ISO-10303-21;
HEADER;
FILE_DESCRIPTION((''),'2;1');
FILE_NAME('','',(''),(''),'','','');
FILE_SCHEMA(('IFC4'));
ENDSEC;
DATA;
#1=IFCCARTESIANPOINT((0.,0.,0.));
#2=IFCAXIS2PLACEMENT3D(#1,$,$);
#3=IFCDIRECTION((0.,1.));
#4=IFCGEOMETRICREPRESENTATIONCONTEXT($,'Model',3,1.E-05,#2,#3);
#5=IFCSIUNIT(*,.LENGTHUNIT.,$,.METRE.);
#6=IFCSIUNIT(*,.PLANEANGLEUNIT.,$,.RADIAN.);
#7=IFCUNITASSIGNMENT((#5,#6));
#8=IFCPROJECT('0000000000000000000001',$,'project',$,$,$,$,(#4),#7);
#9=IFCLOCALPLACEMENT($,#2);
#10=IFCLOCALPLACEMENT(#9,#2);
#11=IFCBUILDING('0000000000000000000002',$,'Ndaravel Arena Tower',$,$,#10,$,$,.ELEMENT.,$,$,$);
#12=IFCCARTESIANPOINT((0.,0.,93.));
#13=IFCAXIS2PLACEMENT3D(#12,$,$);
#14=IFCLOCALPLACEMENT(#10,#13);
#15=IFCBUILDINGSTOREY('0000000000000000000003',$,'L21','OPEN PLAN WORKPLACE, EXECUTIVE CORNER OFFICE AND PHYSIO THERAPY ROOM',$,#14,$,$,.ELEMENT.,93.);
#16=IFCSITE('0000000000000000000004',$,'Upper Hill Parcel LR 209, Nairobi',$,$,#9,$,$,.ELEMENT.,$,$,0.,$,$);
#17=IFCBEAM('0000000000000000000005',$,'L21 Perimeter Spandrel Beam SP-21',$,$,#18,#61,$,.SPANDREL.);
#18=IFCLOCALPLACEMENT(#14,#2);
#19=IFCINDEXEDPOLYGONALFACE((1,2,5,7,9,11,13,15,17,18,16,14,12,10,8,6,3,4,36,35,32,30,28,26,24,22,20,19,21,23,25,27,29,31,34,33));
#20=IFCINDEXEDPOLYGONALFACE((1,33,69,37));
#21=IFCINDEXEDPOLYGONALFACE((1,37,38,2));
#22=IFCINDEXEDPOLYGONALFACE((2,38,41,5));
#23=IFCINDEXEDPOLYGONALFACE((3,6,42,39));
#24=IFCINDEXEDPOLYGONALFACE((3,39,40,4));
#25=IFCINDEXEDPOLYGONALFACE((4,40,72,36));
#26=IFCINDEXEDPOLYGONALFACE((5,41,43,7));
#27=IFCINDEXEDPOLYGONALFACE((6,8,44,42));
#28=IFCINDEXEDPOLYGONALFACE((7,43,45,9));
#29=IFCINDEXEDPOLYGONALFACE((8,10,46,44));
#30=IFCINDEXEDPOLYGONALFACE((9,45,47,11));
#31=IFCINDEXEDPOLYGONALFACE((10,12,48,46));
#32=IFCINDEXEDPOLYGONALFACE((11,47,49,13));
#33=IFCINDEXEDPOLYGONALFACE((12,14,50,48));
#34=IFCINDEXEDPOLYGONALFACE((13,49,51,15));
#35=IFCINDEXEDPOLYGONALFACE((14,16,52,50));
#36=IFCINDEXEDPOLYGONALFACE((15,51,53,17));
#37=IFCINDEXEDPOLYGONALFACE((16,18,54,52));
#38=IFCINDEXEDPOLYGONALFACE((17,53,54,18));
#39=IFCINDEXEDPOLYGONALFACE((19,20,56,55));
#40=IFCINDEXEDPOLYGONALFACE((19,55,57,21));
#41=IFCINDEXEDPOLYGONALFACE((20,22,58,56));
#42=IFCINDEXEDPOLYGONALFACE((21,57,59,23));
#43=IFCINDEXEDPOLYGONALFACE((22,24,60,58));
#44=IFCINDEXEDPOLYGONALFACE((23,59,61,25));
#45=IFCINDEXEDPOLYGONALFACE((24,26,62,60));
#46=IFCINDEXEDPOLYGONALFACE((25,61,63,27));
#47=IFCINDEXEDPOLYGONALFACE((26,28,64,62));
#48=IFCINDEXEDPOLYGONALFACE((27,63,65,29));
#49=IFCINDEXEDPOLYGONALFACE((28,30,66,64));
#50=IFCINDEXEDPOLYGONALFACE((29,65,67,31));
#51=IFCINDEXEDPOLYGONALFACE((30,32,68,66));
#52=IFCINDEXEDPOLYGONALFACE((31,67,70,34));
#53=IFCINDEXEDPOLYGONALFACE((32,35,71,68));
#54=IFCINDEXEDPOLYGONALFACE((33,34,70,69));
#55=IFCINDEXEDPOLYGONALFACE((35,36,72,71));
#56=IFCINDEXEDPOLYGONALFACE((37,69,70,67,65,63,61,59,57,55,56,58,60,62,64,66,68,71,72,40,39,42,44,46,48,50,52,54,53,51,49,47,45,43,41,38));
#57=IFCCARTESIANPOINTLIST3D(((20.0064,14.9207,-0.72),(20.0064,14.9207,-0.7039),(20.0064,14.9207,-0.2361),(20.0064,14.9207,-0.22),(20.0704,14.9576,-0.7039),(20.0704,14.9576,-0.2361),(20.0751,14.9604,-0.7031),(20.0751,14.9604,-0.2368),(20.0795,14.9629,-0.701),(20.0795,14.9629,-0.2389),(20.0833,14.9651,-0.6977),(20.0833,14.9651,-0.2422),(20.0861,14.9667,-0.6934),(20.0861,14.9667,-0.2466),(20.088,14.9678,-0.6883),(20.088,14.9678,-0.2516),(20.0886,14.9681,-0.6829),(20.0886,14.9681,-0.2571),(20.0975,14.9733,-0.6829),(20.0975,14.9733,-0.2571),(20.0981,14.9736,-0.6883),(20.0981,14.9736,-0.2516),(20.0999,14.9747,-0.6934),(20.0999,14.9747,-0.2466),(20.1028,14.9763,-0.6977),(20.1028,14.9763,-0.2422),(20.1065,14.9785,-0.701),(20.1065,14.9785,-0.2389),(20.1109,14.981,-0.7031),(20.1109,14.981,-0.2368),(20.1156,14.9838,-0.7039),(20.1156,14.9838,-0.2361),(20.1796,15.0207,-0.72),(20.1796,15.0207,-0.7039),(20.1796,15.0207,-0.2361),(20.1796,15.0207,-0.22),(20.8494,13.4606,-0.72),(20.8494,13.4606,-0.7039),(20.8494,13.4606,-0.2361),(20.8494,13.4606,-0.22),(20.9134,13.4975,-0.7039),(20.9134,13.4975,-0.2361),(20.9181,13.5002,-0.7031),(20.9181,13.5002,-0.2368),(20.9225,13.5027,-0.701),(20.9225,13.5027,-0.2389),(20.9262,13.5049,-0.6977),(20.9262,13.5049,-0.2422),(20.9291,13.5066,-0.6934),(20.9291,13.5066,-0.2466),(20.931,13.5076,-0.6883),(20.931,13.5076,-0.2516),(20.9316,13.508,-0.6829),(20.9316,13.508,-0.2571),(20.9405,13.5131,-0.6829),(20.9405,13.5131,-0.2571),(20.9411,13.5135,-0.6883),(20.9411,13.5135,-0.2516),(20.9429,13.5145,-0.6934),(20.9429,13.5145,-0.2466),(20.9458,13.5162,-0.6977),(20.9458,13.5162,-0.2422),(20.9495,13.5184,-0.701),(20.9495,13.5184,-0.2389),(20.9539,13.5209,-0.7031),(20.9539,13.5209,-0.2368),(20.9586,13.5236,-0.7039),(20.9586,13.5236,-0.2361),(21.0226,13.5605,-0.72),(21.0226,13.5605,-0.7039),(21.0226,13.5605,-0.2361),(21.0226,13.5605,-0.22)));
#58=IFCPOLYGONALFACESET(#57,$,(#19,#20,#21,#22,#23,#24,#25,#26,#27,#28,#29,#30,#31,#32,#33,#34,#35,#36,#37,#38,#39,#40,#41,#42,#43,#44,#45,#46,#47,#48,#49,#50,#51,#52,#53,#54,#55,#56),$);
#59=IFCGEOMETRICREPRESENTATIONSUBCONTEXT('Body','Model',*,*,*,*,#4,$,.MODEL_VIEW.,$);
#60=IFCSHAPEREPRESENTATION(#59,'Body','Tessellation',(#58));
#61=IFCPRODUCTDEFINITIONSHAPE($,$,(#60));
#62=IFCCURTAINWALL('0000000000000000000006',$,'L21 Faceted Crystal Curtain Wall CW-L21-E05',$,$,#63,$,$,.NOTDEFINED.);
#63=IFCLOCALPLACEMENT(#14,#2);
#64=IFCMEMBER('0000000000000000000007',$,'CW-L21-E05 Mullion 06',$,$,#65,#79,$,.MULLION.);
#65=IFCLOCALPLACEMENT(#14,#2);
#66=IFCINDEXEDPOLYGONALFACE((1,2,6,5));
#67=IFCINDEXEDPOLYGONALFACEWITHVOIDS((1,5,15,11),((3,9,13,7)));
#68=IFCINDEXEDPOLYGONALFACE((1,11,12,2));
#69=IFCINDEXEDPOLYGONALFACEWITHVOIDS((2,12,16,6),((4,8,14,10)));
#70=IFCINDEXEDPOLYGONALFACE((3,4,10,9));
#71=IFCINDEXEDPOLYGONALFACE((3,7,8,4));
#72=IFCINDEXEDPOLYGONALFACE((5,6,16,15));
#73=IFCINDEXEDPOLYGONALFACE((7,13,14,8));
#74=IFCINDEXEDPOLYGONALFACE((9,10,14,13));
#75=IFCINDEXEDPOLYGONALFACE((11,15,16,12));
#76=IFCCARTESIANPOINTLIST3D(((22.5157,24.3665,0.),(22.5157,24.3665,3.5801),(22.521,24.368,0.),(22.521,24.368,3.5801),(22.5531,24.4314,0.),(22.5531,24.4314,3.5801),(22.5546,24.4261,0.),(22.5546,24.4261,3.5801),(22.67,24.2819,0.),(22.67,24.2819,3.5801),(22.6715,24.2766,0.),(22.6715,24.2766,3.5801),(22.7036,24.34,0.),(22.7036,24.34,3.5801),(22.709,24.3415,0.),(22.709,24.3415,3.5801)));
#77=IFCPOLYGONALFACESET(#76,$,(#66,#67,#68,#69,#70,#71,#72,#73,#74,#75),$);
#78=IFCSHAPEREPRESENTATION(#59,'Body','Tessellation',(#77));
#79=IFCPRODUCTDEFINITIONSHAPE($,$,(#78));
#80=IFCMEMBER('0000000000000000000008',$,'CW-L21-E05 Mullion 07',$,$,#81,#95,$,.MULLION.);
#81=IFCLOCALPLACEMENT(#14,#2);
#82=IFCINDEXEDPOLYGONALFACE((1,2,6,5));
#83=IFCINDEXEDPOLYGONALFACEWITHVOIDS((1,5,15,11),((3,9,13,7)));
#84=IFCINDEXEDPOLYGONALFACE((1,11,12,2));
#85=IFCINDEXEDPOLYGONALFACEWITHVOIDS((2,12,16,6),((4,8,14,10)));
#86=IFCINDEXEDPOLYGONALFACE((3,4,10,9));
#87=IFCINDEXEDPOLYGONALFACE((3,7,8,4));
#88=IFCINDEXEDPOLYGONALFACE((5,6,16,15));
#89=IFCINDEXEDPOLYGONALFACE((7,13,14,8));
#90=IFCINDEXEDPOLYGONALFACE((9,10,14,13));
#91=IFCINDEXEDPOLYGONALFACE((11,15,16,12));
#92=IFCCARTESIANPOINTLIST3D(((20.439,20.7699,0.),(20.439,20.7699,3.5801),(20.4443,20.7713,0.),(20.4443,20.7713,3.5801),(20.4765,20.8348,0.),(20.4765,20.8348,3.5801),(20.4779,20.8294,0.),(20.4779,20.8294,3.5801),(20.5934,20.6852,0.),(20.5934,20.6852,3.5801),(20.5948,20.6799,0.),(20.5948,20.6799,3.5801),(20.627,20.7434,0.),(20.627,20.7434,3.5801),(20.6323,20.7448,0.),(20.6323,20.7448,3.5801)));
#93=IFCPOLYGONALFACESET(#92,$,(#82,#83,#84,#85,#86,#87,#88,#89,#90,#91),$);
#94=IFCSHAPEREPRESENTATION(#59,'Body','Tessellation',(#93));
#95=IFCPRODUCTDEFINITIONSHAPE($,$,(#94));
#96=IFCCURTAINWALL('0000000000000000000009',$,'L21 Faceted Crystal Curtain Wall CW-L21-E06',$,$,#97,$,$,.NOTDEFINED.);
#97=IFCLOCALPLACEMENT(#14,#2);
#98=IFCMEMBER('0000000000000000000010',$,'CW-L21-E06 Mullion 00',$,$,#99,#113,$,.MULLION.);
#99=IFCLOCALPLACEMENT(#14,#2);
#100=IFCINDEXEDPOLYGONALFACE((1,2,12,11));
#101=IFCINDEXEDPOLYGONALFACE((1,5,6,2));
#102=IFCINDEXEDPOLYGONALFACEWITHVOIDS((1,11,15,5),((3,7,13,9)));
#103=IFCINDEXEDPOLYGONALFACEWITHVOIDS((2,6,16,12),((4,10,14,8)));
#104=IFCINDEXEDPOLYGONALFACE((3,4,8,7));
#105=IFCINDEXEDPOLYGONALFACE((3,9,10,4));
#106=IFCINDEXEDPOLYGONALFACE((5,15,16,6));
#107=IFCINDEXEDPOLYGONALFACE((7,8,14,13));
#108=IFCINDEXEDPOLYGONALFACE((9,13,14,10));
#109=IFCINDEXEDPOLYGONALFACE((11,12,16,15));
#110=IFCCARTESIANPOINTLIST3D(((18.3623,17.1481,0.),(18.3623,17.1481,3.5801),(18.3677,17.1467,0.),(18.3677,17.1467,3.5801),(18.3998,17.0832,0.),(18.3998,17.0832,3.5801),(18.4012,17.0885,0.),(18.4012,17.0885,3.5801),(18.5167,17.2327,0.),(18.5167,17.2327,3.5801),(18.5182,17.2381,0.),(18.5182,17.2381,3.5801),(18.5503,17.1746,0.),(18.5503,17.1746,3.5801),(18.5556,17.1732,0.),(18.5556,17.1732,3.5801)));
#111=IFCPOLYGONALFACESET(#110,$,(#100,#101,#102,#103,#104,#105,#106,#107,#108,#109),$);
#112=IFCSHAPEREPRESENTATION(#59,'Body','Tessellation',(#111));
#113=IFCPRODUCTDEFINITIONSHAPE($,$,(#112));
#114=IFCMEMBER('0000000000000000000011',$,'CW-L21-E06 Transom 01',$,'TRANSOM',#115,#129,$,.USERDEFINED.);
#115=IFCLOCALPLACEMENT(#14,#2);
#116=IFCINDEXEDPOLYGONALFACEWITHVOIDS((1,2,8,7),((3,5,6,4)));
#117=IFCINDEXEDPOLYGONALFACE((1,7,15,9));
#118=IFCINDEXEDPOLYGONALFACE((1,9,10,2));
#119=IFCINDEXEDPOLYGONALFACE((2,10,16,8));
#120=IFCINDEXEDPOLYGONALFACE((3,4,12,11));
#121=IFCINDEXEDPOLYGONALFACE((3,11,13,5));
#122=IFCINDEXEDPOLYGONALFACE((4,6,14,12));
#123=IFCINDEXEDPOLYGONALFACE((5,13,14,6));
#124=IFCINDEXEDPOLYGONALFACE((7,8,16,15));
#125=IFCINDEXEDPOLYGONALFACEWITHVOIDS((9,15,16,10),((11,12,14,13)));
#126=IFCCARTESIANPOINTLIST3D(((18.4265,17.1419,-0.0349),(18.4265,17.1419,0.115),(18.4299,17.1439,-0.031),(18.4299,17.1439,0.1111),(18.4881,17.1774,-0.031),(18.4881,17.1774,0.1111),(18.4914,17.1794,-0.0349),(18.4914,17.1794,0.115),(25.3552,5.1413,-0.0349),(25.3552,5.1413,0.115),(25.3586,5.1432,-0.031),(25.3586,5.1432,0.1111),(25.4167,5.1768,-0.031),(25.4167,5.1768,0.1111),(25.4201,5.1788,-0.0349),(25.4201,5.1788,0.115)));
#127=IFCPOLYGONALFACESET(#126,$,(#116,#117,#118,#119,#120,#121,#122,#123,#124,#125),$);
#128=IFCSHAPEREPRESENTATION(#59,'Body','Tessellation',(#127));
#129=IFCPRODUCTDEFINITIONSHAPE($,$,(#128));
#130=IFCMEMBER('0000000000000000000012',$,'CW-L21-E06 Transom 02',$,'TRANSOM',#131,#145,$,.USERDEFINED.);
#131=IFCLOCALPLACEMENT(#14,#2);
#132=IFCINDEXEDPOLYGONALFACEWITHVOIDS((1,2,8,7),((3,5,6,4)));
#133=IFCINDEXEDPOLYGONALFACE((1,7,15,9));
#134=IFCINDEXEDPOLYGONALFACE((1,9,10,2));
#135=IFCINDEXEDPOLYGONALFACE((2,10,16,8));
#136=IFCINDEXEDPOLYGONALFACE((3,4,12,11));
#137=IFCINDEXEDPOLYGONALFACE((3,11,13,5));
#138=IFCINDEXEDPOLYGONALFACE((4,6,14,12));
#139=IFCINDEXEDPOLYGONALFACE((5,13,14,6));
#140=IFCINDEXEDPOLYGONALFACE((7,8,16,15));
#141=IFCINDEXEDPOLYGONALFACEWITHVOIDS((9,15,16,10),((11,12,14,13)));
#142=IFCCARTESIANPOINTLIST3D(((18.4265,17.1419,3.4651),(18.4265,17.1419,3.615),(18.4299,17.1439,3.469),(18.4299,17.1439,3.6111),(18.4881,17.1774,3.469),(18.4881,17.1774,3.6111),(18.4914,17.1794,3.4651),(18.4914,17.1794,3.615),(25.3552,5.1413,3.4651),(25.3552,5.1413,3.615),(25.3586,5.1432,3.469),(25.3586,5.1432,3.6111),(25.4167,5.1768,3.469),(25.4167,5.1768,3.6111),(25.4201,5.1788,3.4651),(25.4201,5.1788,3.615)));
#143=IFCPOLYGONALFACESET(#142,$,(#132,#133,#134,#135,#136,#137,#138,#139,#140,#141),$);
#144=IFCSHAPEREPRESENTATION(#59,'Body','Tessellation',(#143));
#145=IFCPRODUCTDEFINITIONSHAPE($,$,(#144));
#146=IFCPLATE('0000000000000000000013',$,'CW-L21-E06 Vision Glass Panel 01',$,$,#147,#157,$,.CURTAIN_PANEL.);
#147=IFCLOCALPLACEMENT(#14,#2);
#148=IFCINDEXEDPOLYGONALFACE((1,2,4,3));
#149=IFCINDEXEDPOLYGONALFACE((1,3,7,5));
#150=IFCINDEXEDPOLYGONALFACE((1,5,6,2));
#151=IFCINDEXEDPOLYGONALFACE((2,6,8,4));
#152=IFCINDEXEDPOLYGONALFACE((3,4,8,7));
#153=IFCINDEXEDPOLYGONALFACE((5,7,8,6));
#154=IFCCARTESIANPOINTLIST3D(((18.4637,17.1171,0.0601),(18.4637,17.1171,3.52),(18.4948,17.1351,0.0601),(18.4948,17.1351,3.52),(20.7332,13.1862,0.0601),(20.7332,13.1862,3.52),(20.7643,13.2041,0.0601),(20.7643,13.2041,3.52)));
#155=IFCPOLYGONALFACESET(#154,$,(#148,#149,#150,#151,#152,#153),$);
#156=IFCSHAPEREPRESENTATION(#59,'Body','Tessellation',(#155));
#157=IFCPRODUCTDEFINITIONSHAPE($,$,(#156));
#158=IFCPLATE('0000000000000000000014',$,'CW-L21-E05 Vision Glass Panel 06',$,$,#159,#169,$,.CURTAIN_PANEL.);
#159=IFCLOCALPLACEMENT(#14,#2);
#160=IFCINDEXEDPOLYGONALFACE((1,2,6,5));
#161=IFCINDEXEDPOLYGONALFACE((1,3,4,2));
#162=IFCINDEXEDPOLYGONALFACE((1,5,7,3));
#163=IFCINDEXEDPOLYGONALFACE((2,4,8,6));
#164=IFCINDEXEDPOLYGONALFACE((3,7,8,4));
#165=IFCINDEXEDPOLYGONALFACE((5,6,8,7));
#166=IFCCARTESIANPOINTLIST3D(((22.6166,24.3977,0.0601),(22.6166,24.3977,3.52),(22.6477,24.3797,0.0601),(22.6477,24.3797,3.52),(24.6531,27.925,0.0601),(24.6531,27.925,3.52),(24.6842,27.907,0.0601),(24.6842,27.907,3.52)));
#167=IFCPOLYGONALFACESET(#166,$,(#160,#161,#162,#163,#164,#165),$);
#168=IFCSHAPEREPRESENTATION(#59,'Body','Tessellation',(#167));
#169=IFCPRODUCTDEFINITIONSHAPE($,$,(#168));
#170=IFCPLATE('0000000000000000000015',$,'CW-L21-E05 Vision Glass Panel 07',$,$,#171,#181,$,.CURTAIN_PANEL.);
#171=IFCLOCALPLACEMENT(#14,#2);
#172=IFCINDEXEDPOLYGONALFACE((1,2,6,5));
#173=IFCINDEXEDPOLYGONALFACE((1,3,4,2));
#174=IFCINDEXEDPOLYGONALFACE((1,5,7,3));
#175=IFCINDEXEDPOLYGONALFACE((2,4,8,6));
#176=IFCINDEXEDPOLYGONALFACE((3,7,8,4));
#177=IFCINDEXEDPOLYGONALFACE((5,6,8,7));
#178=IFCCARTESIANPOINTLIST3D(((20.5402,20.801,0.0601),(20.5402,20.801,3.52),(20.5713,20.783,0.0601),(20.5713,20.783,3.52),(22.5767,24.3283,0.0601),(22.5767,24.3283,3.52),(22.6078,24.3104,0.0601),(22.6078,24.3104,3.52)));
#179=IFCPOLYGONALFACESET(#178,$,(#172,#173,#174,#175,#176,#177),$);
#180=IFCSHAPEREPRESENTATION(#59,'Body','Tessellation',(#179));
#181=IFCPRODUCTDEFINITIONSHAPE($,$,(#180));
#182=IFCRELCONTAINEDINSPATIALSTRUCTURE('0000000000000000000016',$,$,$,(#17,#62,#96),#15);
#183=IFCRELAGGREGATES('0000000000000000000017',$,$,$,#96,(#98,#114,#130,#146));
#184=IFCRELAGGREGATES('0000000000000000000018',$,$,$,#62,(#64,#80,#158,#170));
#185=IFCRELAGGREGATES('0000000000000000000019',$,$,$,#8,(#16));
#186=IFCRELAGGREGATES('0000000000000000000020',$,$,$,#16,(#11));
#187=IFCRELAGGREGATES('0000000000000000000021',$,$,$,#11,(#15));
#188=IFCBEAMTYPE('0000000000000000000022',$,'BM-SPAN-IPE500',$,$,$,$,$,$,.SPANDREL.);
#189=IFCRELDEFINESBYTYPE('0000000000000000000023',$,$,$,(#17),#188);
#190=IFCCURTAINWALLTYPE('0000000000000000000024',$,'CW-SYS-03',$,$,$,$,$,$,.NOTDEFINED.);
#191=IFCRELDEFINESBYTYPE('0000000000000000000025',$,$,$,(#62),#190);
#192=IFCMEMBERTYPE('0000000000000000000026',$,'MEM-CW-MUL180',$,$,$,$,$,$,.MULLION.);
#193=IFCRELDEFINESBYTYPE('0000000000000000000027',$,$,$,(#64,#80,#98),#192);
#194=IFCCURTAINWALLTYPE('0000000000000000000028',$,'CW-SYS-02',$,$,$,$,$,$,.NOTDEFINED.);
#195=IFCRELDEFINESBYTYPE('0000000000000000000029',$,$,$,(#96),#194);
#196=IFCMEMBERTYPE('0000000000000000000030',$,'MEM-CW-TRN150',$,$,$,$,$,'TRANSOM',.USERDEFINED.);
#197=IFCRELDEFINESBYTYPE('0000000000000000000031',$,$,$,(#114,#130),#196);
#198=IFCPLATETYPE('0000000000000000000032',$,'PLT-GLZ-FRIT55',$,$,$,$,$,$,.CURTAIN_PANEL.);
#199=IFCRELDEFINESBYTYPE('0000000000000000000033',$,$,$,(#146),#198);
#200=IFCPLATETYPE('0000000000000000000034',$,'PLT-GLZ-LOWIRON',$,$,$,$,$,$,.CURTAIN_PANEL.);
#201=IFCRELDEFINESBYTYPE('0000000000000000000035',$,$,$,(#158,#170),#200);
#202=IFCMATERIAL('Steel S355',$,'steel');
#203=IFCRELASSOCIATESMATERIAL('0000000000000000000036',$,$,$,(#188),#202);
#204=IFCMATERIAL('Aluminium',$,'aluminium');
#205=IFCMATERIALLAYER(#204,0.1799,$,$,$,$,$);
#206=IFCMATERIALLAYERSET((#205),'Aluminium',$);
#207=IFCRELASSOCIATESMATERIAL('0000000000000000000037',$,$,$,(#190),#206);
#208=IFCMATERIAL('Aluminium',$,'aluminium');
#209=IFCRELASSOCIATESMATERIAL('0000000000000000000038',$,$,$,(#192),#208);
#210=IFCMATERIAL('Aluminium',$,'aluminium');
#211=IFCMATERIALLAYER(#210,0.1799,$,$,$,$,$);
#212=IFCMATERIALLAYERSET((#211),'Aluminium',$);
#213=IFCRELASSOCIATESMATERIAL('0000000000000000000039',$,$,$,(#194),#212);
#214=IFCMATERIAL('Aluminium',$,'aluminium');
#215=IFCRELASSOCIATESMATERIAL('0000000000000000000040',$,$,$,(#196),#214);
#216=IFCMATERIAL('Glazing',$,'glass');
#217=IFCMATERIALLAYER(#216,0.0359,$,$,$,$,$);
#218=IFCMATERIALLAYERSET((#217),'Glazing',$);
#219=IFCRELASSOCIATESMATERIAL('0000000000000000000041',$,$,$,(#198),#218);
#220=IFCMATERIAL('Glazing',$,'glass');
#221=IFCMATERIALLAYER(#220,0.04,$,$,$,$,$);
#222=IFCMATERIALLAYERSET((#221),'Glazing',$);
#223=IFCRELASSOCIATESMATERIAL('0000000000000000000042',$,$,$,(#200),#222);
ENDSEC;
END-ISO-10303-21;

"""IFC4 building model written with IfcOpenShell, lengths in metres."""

from ifc_helpers import new_model, si_unit, direction, frame, origin, origin_2d, place, context, subcontext, project, spatial, rectangle, hollow_rectangle, i_section, extrude, material, layer, layer_set, material_profile, profile_set, type_object, element, aggregate, save


model = new_model("IFC4")

# Units and contexts
model_context = context("Model", 3, precision=1e-05, world=origin(), true_north=direction((0.0, 1.0)))
body_context = subcontext(model_context, "Body", "Model", "MODEL_VIEW")
ifc_project = project(units=[si_unit("LENGTHUNIT", "METRE"), si_unit("PLANEANGLEUNIT", "RADIAN")], contexts=[model_context])

# Site, building, storey
site_placement = place(None, origin())
site = spatial("IfcSite", under=ifc_project, at=site_placement, Name="Upper Hill Parcel LR 209, Nairobi", CompositionType="ELEMENT", RefElevation=0.0)
building_placement = place(site_placement, origin())
building = spatial("IfcBuilding", under=site, at=building_placement, Name="Ndaravel Arena Tower", CompositionType="ELEMENT")
storey_placement = place(building_placement, frame((0.0, 0.0, 93.0)))
storey = spatial("IfcBuildingStorey", under=building, at=storey_placement, Name="L21", Description="OPEN PLAN WORKPLACE, EXECUTIVE CORNER OFFICE AND PHYSIO THERAPY ROOM", CompositionType="ELEMENT", Elevation=93.0)

# Beam
ifc_material_1 = material(Name="Steel S355", Category="steel")
ifc_material_profile_1 = material_profile(ifc_material_1, i_section(OverallWidth=0.2, OverallDepth=0.5, WebThickness=0.0103, FlangeThickness=0.0161, FilletRadius=0.021, at=origin_2d()), Name="IPE 500")
ifc_profile_set_1 = profile_set([ifc_material_profile_1], Name="Steel S355")
beam_type_1 = type_object("IfcBeamType", Name="BM-SPAN-IPE500", PredefinedType="SPANDREL", material=ifc_profile_set_1)
beam_1_placement = place(storey_placement, frame((20.093, 14.9707, -0.47), z_axis=(0.499986, -0.866034, 0.0), x_axis=(0.866034, 0.499986, 0.0)))
element("IfcBeam", 1, at=beam_1_placement, inside=storey, type_object=beam_type_1, Name="L21 Perimeter Spandrel Beam SP-21", PredefinedType="SPANDREL", context=body_context, shape_type="SweptSolid", body=[
    extrude(i_section(OverallWidth=0.2, OverallDepth=0.5, WebThickness=0.0103, FlangeThickness=0.0161, FilletRadius=0.021, at=origin_2d()), origin(), (0.0, 0.0, 1.0), 1.686),
])

# Curtain wall, members
ifc_material_2 = material(Name="Aluminium", Category="aluminium")
ifc_layer_1 = layer(ifc_material_2, 0.1799)
ifc_layer_set_1 = layer_set([ifc_layer_1], Name="Aluminium")
curtain_wall_type_1 = type_object("IfcCurtainWallType", Name="CW-SYS-03", PredefinedType="NOTDEFINED", material=ifc_layer_set_1)
curtain_wall_1_placement = place(storey_placement, origin())
curtain_wall_1 = element("IfcCurtainWall", 2, at=curtain_wall_1_placement, inside=storey, type_object=curtain_wall_type_1, Name="L21 Faceted Crystal Curtain Wall CW-L21-E05", PredefinedType="NOTDEFINED")
ifc_material_3 = material(Name="Aluminium", Category="aluminium")
ifc_material_profile_2 = material_profile(ifc_material_3, hollow_rectangle(XDim=0.075, YDim=0.1799, WallThickness=0.0039, at=origin_2d()), Name="CW MULLION 75x180x4")
ifc_profile_set_2 = profile_set([ifc_material_profile_2], Name="Aluminium")
member_type_1 = type_object("IfcMemberType", Name="MEM-CW-MUL180", PredefinedType="MULLION", material=ifc_profile_set_2)
member_1_placement = place(storey_placement, frame((22.6123, 24.354, 0.0), z_axis=(0.0, 0.0, 1.0), x_axis=(-0.5, -0.866025, 0.0)))
member_1 = element("IfcMember", 3, at=member_1_placement, type_object=member_type_1, Name="CW-L21-E05 Mullion 06", PredefinedType="MULLION", context=body_context, shape_type="SweptSolid", body=[
    extrude(hollow_rectangle(XDim=0.075, YDim=0.1799, WallThickness=0.0039, at=origin_2d()), origin(), (0.0, 0.0, 1.0), 3.5801),
])
member_2_placement = place(storey_placement, frame((20.5356, 20.7573, 0.0), z_axis=(0.0, 0.0, 1.0), x_axis=(-0.5, -0.866025, 0.0)))
member_2 = element("IfcMember", 4, at=member_2_placement, type_object=member_type_1, Name="CW-L21-E05 Mullion 07", PredefinedType="MULLION", context=body_context, shape_type="SweptSolid", body=[
    extrude(hollow_rectangle(XDim=0.075, YDim=0.1799, WallThickness=0.0039, at=origin_2d()), origin(), (0.0, 0.0, 1.0), 3.5801),
])

# Curtain wall, members, plate
ifc_material_4 = material(Name="Aluminium", Category="aluminium")
ifc_layer_2 = layer(ifc_material_4, 0.1799)
ifc_layer_set_2 = layer_set([ifc_layer_2], Name="Aluminium")
curtain_wall_type_2 = type_object("IfcCurtainWallType", Name="CW-SYS-02", PredefinedType="NOTDEFINED", material=ifc_layer_set_2)
curtain_wall_2_placement = place(storey_placement, origin())
curtain_wall_2 = element("IfcCurtainWall", 5, at=curtain_wall_2_placement, inside=storey, type_object=curtain_wall_type_2, Name="L21 Faceted Crystal Curtain Wall CW-L21-E06", PredefinedType="NOTDEFINED")
member_3_placement = place(storey_placement, frame((18.459, 17.1606, 0.0), z_axis=(0.0, 0.0, 1.0), x_axis=(0.5, -0.866025, 0.0)))
member_3 = element("IfcMember", 6, at=member_3_placement, type_object=member_type_1, Name="CW-L21-E06 Mullion 00", PredefinedType="MULLION", context=body_context, shape_type="SweptSolid", body=[
    extrude(hollow_rectangle(XDim=0.075, YDim=0.1799, WallThickness=0.0039, at=origin_2d()), origin(), (0.0, 0.0, 1.0), 3.5801),
])
ifc_material_5 = material(Name="Aluminium", Category="aluminium")
ifc_material_profile_3 = material_profile(ifc_material_5, hollow_rectangle(XDim=0.075, YDim=0.1499, WallThickness=0.0039, at=origin_2d()), Name="CW TRANSOM 75x150x4")
ifc_profile_set_3 = profile_set([ifc_material_profile_3], Name="Aluminium")
member_type_2 = type_object("IfcMemberType", Name="MEM-CW-TRN150", ElementType="TRANSOM", PredefinedType="USERDEFINED", material=ifc_profile_set_3)
member_4_placement = place(storey_placement, frame((18.459, 17.1606, 0.04), z_axis=(0.500005, -0.866023, 0.0), x_axis=(0.866023, 0.500005, 0.0)))
member_4 = element("IfcMember", 7, at=member_4_placement, type_object=member_type_2, Name="CW-L21-E06 Transom 01", ObjectType="TRANSOM", PredefinedType="USERDEFINED", context=body_context, shape_type="SweptSolid", body=[
    extrude(hollow_rectangle(XDim=0.075, YDim=0.1499, WallThickness=0.0039, at=origin_2d()), origin(), (0.0, 0.0, 1.0), 13.8572),
])
member_5_placement = place(storey_placement, frame((18.459, 17.1606, 3.54), z_axis=(0.500005, -0.866023, 0.0), x_axis=(0.866023, 0.500005, 0.0)))
member_5 = element("IfcMember", 8, at=member_5_placement, type_object=member_type_2, Name="CW-L21-E06 Transom 02", ObjectType="TRANSOM", PredefinedType="USERDEFINED", context=body_context, shape_type="SweptSolid", body=[
    extrude(hollow_rectangle(XDim=0.075, YDim=0.1499, WallThickness=0.0039, at=origin_2d()), origin(), (0.0, 0.0, 1.0), 13.8572),
])
ifc_material_6 = material(Name="Glazing", Category="glass")
ifc_layer_3 = layer(ifc_material_6, 0.0359)
ifc_layer_set_3 = layer_set([ifc_layer_3], Name="Glazing")
plate_type_1 = type_object("IfcPlateType", Name="PLT-GLZ-FRIT55", PredefinedType="CURTAIN_PANEL", material=ifc_layer_set_3)
plate_1_placement = place(storey_placement, frame((19.614, 15.1606, 0.0601), z_axis=(0.0, 0.0, 1.0), x_axis=(0.5, -0.866025, 0.0)))
plate_1 = element("IfcPlate", 9, at=plate_1_placement, type_object=plate_type_1, Name="CW-L21-E06 Vision Glass Panel 01", PredefinedType="CURTAIN_PANEL", context=body_context, shape_type="SweptSolid", body=[
    extrude(rectangle(XDim=4.5391, YDim=0.0359, at=origin_2d()), origin(), (0.0, 0.0, 1.0), 3.46),
])
aggregate(curtain_wall_2, [member_3, member_4, member_5, plate_1])

# Plates
ifc_material_7 = material(Name="Glazing", Category="glass")
ifc_layer_4 = layer(ifc_material_7, 0.04)
ifc_layer_set_4 = layer_set([ifc_layer_4], Name="Glazing")
plate_type_2 = type_object("IfcPlateType", Name="PLT-GLZ-LOWIRON", PredefinedType="CURTAIN_PANEL", material=ifc_layer_set_4)
plate_2_placement = place(storey_placement, frame((23.6504, 26.1523, 0.0601), z_axis=(0.0, 0.0, 1.0), x_axis=(-0.5, -0.866025, 0.0)))
plate_2 = element("IfcPlate", 10, at=plate_2_placement, type_object=plate_type_2, Name="CW-L21-E05 Vision Glass Panel 06", PredefinedType="CURTAIN_PANEL", context=body_context, shape_type="SweptSolid", body=[
    extrude(rectangle(XDim=4.073, YDim=0.0359, at=origin_2d()), origin(), (0.0, 0.0, 1.0), 3.46),
])
plate_3_placement = place(storey_placement, frame((21.574, 22.5557, 0.0601), z_axis=(0.0, 0.0, 1.0), x_axis=(-0.5, -0.866025, 0.0)))
plate_3 = element("IfcPlate", 11, at=plate_3_placement, type_object=plate_type_2, Name="CW-L21-E05 Vision Glass Panel 07", PredefinedType="CURTAIN_PANEL", context=body_context, shape_type="SweptSolid", body=[
    extrude(rectangle(XDim=4.073, YDim=0.0359, at=origin_2d()), origin(), (0.0, 0.0, 1.0), 3.46),
])
aggregate(curtain_wall_1, [member_1, member_2, plate_2, plate_3])

save(model, "model.ifc")
